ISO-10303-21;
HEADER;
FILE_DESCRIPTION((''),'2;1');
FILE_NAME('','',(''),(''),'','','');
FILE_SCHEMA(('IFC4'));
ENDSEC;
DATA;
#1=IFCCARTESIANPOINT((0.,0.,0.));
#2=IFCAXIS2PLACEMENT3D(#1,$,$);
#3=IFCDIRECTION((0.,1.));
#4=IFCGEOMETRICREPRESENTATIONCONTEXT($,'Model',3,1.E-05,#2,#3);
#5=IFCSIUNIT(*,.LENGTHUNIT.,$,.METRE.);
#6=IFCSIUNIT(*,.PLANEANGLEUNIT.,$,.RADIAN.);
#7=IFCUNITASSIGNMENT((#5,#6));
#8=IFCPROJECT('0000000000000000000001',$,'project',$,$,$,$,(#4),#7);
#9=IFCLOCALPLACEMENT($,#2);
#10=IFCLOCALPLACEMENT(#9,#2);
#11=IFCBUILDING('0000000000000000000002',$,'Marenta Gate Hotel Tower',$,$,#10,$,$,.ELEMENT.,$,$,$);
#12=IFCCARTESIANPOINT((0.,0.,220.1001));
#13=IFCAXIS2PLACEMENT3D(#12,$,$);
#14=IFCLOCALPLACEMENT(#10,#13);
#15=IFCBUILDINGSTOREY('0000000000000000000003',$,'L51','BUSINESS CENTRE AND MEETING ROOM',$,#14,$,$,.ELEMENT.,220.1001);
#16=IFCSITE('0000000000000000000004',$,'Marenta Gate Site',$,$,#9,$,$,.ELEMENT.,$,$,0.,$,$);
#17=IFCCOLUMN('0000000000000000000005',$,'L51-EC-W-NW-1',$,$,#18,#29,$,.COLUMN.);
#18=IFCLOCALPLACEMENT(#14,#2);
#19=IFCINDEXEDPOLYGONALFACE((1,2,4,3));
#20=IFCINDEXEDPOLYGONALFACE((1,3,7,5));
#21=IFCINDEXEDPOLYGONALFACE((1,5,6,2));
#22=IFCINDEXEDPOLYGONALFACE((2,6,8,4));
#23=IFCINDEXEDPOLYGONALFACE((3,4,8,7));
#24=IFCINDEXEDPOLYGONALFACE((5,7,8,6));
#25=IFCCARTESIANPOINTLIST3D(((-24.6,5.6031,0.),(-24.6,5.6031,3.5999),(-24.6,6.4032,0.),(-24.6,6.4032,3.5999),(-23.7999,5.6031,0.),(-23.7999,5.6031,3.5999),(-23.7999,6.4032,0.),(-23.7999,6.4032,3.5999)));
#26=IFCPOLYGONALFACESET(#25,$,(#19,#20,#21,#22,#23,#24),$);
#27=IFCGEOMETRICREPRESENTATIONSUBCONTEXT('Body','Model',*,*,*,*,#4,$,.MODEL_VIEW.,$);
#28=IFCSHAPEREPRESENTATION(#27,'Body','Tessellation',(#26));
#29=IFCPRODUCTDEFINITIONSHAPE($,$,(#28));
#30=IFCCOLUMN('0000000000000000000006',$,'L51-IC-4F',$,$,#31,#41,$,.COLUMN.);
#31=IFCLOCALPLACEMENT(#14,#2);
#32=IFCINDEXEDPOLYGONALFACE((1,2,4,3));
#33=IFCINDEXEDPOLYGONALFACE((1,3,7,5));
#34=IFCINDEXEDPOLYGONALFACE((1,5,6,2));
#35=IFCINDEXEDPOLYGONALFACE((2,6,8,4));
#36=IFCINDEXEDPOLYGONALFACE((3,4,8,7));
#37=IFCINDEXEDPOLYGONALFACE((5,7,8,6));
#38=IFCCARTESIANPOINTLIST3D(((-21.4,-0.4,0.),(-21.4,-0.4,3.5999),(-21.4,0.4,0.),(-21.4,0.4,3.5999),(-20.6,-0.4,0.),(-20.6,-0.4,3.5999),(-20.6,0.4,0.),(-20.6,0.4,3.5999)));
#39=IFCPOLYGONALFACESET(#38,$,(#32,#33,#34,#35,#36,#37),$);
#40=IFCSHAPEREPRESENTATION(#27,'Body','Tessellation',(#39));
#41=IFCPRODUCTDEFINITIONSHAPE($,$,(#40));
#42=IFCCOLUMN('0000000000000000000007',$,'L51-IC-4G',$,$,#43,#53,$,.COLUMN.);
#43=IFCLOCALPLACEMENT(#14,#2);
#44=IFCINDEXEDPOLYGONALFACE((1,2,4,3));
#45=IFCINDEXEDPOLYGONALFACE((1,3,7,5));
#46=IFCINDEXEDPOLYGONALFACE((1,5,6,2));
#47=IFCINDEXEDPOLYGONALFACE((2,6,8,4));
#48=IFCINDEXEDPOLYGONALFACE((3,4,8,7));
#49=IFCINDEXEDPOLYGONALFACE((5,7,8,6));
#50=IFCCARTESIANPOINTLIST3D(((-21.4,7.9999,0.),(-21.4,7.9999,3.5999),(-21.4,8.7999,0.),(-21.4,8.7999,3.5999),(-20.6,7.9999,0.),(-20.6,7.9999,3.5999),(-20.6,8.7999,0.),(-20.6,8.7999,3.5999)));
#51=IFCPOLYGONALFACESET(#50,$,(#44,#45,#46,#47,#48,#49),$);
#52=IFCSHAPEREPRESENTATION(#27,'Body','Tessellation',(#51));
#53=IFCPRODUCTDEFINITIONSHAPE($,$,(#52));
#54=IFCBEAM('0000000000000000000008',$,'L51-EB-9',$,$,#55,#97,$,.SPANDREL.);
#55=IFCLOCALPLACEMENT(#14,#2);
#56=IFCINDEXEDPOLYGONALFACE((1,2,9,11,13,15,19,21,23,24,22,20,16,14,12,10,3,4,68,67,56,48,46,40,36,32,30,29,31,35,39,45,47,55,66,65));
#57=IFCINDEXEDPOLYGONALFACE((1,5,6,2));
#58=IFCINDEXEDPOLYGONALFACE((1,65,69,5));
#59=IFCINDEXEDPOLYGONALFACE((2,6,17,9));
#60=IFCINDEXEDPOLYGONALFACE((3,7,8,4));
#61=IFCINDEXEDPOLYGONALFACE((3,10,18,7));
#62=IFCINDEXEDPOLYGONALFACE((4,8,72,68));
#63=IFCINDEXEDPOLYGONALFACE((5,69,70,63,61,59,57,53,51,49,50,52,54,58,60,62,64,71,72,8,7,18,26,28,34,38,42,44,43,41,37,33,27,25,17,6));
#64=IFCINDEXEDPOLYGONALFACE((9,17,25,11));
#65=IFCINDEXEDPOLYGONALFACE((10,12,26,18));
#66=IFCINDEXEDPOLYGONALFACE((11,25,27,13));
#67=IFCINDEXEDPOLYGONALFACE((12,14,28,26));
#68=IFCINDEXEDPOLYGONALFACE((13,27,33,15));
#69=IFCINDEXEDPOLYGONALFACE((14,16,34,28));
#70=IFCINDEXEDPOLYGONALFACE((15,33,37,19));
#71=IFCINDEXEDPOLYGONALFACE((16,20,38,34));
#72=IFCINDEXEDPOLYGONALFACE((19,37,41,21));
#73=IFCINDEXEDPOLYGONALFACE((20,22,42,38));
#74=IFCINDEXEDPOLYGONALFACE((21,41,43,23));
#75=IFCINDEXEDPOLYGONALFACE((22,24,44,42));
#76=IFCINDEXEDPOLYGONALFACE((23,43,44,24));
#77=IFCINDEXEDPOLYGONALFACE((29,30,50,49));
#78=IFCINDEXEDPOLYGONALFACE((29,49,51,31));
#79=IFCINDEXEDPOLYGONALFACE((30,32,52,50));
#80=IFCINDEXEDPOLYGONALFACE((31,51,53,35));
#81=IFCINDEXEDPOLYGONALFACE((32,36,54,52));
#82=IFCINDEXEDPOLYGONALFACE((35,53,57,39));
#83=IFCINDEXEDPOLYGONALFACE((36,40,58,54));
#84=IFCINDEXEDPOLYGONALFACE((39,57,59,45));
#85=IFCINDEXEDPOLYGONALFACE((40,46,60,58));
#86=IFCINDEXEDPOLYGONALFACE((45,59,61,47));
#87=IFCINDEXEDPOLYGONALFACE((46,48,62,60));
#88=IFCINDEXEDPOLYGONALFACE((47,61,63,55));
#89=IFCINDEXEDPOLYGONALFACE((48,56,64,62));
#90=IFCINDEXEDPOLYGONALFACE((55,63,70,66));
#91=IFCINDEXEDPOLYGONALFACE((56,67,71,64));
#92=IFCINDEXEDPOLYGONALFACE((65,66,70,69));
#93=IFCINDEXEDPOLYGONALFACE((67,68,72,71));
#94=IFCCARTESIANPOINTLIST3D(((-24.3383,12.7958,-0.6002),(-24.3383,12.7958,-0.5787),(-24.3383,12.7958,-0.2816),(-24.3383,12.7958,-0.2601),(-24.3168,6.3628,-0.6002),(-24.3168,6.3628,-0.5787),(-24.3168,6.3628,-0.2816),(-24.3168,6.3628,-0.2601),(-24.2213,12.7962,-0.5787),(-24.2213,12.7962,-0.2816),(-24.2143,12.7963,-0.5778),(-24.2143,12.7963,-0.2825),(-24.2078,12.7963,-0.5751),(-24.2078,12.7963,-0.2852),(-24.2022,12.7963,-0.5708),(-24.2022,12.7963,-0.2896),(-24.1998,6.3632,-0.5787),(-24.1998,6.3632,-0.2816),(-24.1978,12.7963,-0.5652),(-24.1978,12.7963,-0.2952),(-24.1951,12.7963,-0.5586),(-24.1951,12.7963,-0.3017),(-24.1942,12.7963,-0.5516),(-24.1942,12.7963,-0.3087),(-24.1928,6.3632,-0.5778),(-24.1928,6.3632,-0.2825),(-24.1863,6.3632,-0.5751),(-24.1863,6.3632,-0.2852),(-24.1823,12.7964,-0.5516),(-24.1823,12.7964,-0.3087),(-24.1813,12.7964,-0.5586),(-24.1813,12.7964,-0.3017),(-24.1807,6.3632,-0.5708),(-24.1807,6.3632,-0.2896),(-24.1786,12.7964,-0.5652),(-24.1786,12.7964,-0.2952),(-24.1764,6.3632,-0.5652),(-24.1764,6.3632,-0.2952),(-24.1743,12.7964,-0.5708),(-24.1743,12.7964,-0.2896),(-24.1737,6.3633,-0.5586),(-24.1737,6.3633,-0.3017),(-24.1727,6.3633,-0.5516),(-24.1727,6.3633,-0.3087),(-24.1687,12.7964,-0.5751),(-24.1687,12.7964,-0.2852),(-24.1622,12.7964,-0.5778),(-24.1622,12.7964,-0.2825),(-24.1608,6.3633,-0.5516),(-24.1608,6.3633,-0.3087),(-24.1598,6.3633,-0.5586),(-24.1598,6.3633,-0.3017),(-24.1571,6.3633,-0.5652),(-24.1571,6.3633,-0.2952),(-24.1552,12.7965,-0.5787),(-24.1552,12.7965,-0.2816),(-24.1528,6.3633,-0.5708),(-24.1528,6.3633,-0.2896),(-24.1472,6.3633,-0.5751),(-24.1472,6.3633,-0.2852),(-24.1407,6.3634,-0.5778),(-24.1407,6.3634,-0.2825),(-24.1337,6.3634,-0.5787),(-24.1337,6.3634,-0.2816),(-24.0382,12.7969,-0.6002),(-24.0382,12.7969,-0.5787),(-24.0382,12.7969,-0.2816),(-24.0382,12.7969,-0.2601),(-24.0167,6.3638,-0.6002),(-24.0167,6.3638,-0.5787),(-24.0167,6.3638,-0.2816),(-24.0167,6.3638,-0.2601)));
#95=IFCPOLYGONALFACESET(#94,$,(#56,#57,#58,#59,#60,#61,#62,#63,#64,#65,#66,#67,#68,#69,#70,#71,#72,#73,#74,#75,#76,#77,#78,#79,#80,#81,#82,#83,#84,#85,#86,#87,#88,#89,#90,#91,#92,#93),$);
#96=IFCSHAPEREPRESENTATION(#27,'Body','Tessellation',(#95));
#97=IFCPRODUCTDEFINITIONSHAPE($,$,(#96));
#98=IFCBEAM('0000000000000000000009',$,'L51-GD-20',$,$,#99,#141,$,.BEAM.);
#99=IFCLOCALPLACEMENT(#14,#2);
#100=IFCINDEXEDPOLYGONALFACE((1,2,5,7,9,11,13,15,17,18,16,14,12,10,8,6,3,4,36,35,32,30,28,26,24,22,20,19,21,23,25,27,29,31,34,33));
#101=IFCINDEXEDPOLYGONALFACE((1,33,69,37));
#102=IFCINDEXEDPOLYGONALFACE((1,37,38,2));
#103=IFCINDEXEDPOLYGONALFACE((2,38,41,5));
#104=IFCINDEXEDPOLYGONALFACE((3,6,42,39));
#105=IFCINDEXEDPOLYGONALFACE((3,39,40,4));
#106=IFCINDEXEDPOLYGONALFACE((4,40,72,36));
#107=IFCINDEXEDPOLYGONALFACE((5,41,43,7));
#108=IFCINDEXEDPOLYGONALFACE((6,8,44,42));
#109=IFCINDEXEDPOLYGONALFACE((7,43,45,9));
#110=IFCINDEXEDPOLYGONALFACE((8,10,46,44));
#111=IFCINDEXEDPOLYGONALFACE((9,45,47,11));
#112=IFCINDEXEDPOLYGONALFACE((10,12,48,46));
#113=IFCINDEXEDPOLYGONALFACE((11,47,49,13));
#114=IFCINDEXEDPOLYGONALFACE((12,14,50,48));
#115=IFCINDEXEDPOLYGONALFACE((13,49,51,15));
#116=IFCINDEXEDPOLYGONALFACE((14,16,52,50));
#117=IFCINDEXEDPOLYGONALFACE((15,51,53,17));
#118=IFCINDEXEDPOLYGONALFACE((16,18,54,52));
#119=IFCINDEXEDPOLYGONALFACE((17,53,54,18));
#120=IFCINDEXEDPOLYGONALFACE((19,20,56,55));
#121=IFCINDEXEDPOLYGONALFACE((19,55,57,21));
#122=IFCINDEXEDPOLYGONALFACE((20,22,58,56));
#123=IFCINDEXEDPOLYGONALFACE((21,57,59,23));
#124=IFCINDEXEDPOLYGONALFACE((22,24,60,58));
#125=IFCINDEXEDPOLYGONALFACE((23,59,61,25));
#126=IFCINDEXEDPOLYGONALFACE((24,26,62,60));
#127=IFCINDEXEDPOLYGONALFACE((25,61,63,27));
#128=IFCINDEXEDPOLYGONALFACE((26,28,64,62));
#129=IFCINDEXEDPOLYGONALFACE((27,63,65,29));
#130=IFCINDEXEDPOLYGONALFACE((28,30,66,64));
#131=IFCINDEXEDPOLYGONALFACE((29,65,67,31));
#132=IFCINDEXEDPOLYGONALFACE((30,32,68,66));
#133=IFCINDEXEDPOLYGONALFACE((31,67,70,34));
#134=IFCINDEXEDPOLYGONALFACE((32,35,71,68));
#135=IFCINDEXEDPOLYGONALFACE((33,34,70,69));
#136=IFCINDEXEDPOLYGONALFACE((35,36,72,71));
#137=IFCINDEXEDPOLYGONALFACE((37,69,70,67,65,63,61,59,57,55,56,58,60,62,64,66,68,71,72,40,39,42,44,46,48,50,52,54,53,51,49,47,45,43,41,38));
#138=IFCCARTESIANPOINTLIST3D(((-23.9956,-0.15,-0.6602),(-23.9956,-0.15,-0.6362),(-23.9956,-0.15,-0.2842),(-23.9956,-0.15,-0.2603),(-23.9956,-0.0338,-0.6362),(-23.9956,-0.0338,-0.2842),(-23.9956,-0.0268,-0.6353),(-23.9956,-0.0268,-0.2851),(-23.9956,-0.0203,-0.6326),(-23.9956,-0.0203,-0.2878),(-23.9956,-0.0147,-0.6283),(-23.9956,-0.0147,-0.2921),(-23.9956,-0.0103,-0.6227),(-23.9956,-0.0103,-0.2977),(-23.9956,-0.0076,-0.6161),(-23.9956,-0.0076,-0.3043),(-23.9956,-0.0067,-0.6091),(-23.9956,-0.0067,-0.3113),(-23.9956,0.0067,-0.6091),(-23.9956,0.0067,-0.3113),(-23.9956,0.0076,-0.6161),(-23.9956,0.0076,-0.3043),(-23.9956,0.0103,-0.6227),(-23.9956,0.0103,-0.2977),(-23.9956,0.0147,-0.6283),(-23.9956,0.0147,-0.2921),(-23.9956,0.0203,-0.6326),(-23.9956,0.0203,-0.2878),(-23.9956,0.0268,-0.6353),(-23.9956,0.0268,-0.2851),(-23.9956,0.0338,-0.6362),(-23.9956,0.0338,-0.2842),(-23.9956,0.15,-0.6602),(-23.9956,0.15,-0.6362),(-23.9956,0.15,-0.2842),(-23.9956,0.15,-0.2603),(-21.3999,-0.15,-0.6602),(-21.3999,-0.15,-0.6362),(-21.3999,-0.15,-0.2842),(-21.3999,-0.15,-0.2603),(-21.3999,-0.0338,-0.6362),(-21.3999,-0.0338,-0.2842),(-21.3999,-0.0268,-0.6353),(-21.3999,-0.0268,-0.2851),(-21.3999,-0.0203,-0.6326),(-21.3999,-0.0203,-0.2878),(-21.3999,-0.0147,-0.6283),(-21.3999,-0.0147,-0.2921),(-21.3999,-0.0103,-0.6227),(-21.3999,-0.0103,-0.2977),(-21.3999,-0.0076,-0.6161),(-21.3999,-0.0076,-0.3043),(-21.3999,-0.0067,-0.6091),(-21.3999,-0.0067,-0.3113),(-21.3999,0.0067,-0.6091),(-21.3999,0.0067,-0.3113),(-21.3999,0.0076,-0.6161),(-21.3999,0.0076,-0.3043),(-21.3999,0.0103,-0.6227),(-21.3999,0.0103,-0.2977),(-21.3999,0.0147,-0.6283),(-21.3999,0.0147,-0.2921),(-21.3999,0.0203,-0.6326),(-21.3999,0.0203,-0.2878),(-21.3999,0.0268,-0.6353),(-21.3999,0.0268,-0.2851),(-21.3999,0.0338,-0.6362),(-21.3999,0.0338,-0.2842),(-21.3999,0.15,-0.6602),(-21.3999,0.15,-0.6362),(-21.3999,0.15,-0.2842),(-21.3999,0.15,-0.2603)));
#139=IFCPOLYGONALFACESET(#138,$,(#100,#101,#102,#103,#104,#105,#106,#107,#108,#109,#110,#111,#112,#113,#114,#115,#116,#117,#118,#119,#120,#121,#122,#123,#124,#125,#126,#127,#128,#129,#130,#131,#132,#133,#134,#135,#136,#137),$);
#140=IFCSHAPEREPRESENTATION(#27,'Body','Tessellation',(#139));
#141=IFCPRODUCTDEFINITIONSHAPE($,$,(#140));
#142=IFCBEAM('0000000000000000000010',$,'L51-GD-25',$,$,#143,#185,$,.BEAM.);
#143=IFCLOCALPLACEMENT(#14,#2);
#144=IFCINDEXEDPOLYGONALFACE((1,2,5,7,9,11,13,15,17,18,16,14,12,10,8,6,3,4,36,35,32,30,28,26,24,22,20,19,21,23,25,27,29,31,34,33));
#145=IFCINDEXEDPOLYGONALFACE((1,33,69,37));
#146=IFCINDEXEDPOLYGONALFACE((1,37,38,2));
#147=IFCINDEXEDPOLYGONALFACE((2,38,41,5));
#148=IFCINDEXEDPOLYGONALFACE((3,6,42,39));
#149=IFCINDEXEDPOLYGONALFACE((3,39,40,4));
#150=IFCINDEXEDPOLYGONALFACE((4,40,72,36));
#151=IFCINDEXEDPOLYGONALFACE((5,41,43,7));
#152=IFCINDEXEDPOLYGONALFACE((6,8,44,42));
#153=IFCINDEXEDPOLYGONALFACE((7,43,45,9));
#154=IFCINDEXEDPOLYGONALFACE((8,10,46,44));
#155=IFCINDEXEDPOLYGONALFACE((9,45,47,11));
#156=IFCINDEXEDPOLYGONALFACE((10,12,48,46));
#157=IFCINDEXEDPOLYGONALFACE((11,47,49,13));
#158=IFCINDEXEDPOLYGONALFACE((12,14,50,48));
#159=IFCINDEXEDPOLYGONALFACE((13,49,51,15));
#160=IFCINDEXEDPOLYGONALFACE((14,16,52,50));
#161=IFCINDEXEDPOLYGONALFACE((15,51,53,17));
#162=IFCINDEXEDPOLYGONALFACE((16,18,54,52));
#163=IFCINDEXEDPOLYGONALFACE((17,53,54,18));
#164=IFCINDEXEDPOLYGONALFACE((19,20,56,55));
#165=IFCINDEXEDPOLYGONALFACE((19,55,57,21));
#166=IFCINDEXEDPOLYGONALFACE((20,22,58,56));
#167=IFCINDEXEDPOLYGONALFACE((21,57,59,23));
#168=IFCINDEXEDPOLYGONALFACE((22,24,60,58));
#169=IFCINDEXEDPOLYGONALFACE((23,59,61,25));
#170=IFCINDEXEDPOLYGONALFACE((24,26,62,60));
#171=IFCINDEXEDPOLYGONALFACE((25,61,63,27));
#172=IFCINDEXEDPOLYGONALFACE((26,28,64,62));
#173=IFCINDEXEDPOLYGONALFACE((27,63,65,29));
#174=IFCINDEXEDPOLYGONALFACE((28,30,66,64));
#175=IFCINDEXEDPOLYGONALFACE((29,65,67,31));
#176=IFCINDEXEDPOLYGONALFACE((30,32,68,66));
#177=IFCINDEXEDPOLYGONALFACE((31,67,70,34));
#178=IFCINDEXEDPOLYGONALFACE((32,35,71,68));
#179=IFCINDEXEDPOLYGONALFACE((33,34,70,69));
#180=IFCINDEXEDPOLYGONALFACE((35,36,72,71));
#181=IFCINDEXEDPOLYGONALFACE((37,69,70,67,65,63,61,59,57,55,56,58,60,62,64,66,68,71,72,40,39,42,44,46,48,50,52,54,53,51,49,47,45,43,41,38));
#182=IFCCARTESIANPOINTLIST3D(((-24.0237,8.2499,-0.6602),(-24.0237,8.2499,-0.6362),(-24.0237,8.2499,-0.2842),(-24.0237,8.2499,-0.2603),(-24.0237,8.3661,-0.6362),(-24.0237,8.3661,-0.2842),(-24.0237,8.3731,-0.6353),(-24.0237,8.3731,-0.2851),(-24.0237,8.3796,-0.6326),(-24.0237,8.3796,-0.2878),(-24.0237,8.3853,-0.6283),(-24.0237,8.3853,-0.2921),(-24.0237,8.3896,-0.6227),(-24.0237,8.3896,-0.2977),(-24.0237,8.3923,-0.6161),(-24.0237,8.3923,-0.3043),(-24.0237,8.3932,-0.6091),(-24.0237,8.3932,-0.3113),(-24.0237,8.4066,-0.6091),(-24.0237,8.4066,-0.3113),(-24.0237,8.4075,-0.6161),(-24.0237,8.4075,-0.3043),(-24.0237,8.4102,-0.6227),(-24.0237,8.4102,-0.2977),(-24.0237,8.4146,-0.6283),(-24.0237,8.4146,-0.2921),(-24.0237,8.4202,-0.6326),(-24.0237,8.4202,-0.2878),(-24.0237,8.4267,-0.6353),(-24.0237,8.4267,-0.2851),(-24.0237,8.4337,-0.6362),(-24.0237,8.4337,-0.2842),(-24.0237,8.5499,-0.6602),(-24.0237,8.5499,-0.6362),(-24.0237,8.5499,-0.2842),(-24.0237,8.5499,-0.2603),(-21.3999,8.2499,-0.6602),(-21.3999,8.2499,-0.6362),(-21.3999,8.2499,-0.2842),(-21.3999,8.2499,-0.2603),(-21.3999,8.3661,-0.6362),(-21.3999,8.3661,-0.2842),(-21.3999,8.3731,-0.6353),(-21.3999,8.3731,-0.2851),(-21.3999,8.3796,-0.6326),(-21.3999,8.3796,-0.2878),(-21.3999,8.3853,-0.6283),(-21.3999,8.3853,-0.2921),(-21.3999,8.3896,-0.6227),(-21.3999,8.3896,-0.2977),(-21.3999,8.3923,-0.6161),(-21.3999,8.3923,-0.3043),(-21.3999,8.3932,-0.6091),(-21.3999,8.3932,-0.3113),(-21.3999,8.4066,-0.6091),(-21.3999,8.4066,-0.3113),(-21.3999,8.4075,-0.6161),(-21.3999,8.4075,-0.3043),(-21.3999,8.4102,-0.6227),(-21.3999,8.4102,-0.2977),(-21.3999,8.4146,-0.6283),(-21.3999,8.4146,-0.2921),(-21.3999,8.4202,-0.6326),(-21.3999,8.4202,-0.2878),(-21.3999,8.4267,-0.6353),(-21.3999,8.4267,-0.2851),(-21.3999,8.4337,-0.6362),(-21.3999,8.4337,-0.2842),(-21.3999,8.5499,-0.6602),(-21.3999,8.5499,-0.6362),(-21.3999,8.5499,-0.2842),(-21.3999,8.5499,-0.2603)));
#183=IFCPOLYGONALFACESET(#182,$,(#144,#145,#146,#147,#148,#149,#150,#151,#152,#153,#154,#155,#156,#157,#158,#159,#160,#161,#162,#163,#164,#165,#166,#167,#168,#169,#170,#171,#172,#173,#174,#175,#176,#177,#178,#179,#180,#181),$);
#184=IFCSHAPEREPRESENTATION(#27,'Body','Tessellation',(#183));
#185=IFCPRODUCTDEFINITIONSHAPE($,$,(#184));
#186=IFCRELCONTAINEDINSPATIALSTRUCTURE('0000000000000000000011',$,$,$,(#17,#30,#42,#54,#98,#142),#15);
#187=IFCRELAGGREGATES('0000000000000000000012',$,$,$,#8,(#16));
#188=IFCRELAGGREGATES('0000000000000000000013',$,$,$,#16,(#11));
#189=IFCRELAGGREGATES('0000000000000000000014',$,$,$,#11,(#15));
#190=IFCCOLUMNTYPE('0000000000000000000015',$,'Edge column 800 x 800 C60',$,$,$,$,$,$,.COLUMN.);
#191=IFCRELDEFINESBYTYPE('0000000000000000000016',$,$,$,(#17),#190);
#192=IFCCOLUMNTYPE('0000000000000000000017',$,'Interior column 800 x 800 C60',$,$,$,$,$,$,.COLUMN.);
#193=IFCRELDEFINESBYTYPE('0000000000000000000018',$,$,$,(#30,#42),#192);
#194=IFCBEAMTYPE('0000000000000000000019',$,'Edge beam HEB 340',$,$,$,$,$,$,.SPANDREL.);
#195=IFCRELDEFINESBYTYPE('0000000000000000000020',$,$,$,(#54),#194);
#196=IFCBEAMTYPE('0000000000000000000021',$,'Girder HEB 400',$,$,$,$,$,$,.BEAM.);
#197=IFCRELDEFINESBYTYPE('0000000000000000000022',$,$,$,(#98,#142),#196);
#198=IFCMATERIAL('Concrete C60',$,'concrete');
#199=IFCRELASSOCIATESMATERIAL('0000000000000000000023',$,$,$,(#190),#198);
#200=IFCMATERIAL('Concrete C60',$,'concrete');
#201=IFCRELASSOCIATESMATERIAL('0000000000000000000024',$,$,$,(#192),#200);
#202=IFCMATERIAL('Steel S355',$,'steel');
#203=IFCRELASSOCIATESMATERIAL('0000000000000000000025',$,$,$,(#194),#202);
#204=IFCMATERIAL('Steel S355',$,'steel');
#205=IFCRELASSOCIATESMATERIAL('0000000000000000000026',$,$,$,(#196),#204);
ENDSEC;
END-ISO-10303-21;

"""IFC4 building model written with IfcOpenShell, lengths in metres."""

from ifc_helpers import new_model, si_unit, direction, frame, origin, origin_2d, place, context, subcontext, project, spatial, rectangle, i_section, extrude, material, material_profile, profile_set, type_object, element, save


model = new_model("IFC4")

# Units and contexts
model_context = context("Model", 3, precision=1e-05, world=origin(), true_north=direction((0.0, 1.0)))
body_context = subcontext(model_context, "Body", "Model", "MODEL_VIEW")
ifc_project = project(units=[si_unit("LENGTHUNIT", "METRE"), si_unit("PLANEANGLEUNIT", "RADIAN")], contexts=[model_context])

# Site, building, storey
site_placement = place(None, origin())
site = spatial("IfcSite", under=ifc_project, at=site_placement, Name="Marenta Gate Site", CompositionType="ELEMENT", RefElevation=0.0)
building_placement = place(site_placement, origin())
building = spatial("IfcBuilding", under=site, at=building_placement, Name="Marenta Gate Hotel Tower", CompositionType="ELEMENT")
storey_placement = place(building_placement, frame((0.0, 0.0, 220.1001)))
storey = spatial("IfcBuildingStorey", under=building, at=storey_placement, Name="L51", Description="BUSINESS CENTRE AND MEETING ROOM", CompositionType="ELEMENT", Elevation=220.1001)

# Columns
ifc_material_1 = material(Name="Concrete C60", Category="concrete")
ifc_material_profile_1 = material_profile(ifc_material_1, rectangle(XDim=0.8, YDim=0.8, at=origin_2d()), Name="800 x 800")
ifc_profile_set_1 = profile_set([ifc_material_profile_1], Name="Concrete C60")
column_type_1 = type_object("IfcColumnType", Name="Edge column 800 x 800 C60", PredefinedType="COLUMN", material=ifc_profile_set_1)
column_placement = place(storey_placement, frame((-24.2, 6.0032, 0.0), z_axis=(0.0, 0.0, 1.0), x_axis=(1.0, 0.0, 0.0)))
element("IfcColumn", 1, at=column_placement, inside=storey, type_object=column_type_1, Name="L51-EC-W-NW-1", PredefinedType="COLUMN", context=body_context, shape_type="SweptSolid", body=[
    extrude(rectangle(XDim=0.8, YDim=0.8, at=origin_2d()), origin(), (0.0, 0.0, 1.0), 3.5999),
])
ifc_material_2 = material(Name="Concrete C60", Category="concrete")
ifc_material_profile_2 = material_profile(ifc_material_2, rectangle(XDim=0.8, YDim=0.8, at=origin_2d()), Name="800 x 800")
ifc_profile_set_2 = profile_set([ifc_material_profile_2], Name="Concrete C60")
column_type_2 = type_object("IfcColumnType", Name="Interior column 800 x 800 C60", PredefinedType="COLUMN", material=ifc_profile_set_2)
for number, where, z_axis, x_axis, name in (
    (2, (-21.0, 0.0, 0.0), (0.0, 0.0, 1.0), (1.0, 0.0, 0.0), "L51-IC-4F"),
    (3, (-21.0, 8.3999, 0.0), (0.0, 0.0, 1.0), (1.0, 0.0, 0.0), "L51-IC-4G"),
):
    element("IfcColumn", number, at=place(storey_placement, frame(where, z_axis=z_axis, x_axis=x_axis)), inside=storey, type_object=column_type_2, Name=name, PredefinedType="COLUMN", context=body_context, shape_type="SweptSolid", body=[
        extrude(rectangle(XDim=0.8, YDim=0.8, at=origin_2d()), origin(), (0.0, 0.0, 1.0), 3.5999),
    ])

# Beams
ifc_material_3 = material(Name="Steel S355", Category="steel")
ifc_material_profile_3 = material_profile(ifc_material_3, i_section(OverallWidth=0.3, OverallDepth=0.3401, WebThickness=0.012, FlangeThickness=0.0215, FilletRadius=0.0271, at=origin_2d()), Name="HEB 340")
ifc_profile_set_3 = profile_set([ifc_material_profile_3], Name="Steel S355")
beam_type_1 = type_object("IfcBeamType", Name="Edge beam HEB 340", PredefinedType="SPANDREL", material=ifc_profile_set_3)
beam_1_placement = place(storey_placement, frame((-24.1667, 6.3633, -0.4302), z_axis=(-0.00334, 0.999994, 0.0), x_axis=(-0.999994, -0.00334, 0.0)))
element("IfcBeam", 4, at=beam_1_placement, inside=storey, type_object=beam_type_1, Name="L51-EB-9", PredefinedType="SPANDREL", context=body_context, shape_type="SweptSolid", body=[
    extrude(i_section(OverallWidth=0.3, OverallDepth=0.3401, WebThickness=0.012, FlangeThickness=0.0215, FilletRadius=0.0271, at=origin_2d()), origin(), (0.0, 0.0, 1.0), 6.4331),
])
ifc_material_4 = material(Name="Steel S355", Category="steel")
ifc_material_profile_4 = material_profile(ifc_material_4, i_section(OverallWidth=0.3, OverallDepth=0.3999, WebThickness=0.0134, FlangeThickness=0.0239, FilletRadius=0.0271, at=origin_2d()), Name="HEB 400")
ifc_profile_set_4 = profile_set([ifc_material_profile_4], Name="Steel S355")
beam_type_2 = type_object("IfcBeamType", Name="Girder HEB 400", PredefinedType="BEAM", material=ifc_profile_set_4)
beam_2_placement = place(storey_placement, frame((-23.9956, 0.0, -0.4602), z_axis=(1.0, 0.0, 0.0), x_axis=(0.0, 1.0, 0.0)))
element("IfcBeam", 5, at=beam_2_placement, inside=storey, type_object=beam_type_2, Name="L51-GD-20", PredefinedType="BEAM", context=body_context, shape_type="SweptSolid", body=[
    extrude(i_section(OverallWidth=0.3, OverallDepth=0.3999, WebThickness=0.0134, FlangeThickness=0.0239, FilletRadius=0.0271, at=origin_2d()), origin(), (0.0, 0.0, 1.0), 2.5957),
])
beam_3_placement = place(storey_placement, frame((-24.0237, 8.3999, -0.4602), z_axis=(1.0, 0.0, 0.0), x_axis=(0.0, 1.0, 0.0)))
element("IfcBeam", 6, at=beam_3_placement, inside=storey, type_object=beam_type_2, Name="L51-GD-25", PredefinedType="BEAM", context=body_context, shape_type="SweptSolid", body=[
    extrude(i_section(OverallWidth=0.3, OverallDepth=0.3999, WebThickness=0.0134, FlangeThickness=0.0239, FilletRadius=0.0271, at=origin_2d()), origin(), (0.0, 0.0, 1.0), 2.6238),
])

save(model, "model.ifc")
